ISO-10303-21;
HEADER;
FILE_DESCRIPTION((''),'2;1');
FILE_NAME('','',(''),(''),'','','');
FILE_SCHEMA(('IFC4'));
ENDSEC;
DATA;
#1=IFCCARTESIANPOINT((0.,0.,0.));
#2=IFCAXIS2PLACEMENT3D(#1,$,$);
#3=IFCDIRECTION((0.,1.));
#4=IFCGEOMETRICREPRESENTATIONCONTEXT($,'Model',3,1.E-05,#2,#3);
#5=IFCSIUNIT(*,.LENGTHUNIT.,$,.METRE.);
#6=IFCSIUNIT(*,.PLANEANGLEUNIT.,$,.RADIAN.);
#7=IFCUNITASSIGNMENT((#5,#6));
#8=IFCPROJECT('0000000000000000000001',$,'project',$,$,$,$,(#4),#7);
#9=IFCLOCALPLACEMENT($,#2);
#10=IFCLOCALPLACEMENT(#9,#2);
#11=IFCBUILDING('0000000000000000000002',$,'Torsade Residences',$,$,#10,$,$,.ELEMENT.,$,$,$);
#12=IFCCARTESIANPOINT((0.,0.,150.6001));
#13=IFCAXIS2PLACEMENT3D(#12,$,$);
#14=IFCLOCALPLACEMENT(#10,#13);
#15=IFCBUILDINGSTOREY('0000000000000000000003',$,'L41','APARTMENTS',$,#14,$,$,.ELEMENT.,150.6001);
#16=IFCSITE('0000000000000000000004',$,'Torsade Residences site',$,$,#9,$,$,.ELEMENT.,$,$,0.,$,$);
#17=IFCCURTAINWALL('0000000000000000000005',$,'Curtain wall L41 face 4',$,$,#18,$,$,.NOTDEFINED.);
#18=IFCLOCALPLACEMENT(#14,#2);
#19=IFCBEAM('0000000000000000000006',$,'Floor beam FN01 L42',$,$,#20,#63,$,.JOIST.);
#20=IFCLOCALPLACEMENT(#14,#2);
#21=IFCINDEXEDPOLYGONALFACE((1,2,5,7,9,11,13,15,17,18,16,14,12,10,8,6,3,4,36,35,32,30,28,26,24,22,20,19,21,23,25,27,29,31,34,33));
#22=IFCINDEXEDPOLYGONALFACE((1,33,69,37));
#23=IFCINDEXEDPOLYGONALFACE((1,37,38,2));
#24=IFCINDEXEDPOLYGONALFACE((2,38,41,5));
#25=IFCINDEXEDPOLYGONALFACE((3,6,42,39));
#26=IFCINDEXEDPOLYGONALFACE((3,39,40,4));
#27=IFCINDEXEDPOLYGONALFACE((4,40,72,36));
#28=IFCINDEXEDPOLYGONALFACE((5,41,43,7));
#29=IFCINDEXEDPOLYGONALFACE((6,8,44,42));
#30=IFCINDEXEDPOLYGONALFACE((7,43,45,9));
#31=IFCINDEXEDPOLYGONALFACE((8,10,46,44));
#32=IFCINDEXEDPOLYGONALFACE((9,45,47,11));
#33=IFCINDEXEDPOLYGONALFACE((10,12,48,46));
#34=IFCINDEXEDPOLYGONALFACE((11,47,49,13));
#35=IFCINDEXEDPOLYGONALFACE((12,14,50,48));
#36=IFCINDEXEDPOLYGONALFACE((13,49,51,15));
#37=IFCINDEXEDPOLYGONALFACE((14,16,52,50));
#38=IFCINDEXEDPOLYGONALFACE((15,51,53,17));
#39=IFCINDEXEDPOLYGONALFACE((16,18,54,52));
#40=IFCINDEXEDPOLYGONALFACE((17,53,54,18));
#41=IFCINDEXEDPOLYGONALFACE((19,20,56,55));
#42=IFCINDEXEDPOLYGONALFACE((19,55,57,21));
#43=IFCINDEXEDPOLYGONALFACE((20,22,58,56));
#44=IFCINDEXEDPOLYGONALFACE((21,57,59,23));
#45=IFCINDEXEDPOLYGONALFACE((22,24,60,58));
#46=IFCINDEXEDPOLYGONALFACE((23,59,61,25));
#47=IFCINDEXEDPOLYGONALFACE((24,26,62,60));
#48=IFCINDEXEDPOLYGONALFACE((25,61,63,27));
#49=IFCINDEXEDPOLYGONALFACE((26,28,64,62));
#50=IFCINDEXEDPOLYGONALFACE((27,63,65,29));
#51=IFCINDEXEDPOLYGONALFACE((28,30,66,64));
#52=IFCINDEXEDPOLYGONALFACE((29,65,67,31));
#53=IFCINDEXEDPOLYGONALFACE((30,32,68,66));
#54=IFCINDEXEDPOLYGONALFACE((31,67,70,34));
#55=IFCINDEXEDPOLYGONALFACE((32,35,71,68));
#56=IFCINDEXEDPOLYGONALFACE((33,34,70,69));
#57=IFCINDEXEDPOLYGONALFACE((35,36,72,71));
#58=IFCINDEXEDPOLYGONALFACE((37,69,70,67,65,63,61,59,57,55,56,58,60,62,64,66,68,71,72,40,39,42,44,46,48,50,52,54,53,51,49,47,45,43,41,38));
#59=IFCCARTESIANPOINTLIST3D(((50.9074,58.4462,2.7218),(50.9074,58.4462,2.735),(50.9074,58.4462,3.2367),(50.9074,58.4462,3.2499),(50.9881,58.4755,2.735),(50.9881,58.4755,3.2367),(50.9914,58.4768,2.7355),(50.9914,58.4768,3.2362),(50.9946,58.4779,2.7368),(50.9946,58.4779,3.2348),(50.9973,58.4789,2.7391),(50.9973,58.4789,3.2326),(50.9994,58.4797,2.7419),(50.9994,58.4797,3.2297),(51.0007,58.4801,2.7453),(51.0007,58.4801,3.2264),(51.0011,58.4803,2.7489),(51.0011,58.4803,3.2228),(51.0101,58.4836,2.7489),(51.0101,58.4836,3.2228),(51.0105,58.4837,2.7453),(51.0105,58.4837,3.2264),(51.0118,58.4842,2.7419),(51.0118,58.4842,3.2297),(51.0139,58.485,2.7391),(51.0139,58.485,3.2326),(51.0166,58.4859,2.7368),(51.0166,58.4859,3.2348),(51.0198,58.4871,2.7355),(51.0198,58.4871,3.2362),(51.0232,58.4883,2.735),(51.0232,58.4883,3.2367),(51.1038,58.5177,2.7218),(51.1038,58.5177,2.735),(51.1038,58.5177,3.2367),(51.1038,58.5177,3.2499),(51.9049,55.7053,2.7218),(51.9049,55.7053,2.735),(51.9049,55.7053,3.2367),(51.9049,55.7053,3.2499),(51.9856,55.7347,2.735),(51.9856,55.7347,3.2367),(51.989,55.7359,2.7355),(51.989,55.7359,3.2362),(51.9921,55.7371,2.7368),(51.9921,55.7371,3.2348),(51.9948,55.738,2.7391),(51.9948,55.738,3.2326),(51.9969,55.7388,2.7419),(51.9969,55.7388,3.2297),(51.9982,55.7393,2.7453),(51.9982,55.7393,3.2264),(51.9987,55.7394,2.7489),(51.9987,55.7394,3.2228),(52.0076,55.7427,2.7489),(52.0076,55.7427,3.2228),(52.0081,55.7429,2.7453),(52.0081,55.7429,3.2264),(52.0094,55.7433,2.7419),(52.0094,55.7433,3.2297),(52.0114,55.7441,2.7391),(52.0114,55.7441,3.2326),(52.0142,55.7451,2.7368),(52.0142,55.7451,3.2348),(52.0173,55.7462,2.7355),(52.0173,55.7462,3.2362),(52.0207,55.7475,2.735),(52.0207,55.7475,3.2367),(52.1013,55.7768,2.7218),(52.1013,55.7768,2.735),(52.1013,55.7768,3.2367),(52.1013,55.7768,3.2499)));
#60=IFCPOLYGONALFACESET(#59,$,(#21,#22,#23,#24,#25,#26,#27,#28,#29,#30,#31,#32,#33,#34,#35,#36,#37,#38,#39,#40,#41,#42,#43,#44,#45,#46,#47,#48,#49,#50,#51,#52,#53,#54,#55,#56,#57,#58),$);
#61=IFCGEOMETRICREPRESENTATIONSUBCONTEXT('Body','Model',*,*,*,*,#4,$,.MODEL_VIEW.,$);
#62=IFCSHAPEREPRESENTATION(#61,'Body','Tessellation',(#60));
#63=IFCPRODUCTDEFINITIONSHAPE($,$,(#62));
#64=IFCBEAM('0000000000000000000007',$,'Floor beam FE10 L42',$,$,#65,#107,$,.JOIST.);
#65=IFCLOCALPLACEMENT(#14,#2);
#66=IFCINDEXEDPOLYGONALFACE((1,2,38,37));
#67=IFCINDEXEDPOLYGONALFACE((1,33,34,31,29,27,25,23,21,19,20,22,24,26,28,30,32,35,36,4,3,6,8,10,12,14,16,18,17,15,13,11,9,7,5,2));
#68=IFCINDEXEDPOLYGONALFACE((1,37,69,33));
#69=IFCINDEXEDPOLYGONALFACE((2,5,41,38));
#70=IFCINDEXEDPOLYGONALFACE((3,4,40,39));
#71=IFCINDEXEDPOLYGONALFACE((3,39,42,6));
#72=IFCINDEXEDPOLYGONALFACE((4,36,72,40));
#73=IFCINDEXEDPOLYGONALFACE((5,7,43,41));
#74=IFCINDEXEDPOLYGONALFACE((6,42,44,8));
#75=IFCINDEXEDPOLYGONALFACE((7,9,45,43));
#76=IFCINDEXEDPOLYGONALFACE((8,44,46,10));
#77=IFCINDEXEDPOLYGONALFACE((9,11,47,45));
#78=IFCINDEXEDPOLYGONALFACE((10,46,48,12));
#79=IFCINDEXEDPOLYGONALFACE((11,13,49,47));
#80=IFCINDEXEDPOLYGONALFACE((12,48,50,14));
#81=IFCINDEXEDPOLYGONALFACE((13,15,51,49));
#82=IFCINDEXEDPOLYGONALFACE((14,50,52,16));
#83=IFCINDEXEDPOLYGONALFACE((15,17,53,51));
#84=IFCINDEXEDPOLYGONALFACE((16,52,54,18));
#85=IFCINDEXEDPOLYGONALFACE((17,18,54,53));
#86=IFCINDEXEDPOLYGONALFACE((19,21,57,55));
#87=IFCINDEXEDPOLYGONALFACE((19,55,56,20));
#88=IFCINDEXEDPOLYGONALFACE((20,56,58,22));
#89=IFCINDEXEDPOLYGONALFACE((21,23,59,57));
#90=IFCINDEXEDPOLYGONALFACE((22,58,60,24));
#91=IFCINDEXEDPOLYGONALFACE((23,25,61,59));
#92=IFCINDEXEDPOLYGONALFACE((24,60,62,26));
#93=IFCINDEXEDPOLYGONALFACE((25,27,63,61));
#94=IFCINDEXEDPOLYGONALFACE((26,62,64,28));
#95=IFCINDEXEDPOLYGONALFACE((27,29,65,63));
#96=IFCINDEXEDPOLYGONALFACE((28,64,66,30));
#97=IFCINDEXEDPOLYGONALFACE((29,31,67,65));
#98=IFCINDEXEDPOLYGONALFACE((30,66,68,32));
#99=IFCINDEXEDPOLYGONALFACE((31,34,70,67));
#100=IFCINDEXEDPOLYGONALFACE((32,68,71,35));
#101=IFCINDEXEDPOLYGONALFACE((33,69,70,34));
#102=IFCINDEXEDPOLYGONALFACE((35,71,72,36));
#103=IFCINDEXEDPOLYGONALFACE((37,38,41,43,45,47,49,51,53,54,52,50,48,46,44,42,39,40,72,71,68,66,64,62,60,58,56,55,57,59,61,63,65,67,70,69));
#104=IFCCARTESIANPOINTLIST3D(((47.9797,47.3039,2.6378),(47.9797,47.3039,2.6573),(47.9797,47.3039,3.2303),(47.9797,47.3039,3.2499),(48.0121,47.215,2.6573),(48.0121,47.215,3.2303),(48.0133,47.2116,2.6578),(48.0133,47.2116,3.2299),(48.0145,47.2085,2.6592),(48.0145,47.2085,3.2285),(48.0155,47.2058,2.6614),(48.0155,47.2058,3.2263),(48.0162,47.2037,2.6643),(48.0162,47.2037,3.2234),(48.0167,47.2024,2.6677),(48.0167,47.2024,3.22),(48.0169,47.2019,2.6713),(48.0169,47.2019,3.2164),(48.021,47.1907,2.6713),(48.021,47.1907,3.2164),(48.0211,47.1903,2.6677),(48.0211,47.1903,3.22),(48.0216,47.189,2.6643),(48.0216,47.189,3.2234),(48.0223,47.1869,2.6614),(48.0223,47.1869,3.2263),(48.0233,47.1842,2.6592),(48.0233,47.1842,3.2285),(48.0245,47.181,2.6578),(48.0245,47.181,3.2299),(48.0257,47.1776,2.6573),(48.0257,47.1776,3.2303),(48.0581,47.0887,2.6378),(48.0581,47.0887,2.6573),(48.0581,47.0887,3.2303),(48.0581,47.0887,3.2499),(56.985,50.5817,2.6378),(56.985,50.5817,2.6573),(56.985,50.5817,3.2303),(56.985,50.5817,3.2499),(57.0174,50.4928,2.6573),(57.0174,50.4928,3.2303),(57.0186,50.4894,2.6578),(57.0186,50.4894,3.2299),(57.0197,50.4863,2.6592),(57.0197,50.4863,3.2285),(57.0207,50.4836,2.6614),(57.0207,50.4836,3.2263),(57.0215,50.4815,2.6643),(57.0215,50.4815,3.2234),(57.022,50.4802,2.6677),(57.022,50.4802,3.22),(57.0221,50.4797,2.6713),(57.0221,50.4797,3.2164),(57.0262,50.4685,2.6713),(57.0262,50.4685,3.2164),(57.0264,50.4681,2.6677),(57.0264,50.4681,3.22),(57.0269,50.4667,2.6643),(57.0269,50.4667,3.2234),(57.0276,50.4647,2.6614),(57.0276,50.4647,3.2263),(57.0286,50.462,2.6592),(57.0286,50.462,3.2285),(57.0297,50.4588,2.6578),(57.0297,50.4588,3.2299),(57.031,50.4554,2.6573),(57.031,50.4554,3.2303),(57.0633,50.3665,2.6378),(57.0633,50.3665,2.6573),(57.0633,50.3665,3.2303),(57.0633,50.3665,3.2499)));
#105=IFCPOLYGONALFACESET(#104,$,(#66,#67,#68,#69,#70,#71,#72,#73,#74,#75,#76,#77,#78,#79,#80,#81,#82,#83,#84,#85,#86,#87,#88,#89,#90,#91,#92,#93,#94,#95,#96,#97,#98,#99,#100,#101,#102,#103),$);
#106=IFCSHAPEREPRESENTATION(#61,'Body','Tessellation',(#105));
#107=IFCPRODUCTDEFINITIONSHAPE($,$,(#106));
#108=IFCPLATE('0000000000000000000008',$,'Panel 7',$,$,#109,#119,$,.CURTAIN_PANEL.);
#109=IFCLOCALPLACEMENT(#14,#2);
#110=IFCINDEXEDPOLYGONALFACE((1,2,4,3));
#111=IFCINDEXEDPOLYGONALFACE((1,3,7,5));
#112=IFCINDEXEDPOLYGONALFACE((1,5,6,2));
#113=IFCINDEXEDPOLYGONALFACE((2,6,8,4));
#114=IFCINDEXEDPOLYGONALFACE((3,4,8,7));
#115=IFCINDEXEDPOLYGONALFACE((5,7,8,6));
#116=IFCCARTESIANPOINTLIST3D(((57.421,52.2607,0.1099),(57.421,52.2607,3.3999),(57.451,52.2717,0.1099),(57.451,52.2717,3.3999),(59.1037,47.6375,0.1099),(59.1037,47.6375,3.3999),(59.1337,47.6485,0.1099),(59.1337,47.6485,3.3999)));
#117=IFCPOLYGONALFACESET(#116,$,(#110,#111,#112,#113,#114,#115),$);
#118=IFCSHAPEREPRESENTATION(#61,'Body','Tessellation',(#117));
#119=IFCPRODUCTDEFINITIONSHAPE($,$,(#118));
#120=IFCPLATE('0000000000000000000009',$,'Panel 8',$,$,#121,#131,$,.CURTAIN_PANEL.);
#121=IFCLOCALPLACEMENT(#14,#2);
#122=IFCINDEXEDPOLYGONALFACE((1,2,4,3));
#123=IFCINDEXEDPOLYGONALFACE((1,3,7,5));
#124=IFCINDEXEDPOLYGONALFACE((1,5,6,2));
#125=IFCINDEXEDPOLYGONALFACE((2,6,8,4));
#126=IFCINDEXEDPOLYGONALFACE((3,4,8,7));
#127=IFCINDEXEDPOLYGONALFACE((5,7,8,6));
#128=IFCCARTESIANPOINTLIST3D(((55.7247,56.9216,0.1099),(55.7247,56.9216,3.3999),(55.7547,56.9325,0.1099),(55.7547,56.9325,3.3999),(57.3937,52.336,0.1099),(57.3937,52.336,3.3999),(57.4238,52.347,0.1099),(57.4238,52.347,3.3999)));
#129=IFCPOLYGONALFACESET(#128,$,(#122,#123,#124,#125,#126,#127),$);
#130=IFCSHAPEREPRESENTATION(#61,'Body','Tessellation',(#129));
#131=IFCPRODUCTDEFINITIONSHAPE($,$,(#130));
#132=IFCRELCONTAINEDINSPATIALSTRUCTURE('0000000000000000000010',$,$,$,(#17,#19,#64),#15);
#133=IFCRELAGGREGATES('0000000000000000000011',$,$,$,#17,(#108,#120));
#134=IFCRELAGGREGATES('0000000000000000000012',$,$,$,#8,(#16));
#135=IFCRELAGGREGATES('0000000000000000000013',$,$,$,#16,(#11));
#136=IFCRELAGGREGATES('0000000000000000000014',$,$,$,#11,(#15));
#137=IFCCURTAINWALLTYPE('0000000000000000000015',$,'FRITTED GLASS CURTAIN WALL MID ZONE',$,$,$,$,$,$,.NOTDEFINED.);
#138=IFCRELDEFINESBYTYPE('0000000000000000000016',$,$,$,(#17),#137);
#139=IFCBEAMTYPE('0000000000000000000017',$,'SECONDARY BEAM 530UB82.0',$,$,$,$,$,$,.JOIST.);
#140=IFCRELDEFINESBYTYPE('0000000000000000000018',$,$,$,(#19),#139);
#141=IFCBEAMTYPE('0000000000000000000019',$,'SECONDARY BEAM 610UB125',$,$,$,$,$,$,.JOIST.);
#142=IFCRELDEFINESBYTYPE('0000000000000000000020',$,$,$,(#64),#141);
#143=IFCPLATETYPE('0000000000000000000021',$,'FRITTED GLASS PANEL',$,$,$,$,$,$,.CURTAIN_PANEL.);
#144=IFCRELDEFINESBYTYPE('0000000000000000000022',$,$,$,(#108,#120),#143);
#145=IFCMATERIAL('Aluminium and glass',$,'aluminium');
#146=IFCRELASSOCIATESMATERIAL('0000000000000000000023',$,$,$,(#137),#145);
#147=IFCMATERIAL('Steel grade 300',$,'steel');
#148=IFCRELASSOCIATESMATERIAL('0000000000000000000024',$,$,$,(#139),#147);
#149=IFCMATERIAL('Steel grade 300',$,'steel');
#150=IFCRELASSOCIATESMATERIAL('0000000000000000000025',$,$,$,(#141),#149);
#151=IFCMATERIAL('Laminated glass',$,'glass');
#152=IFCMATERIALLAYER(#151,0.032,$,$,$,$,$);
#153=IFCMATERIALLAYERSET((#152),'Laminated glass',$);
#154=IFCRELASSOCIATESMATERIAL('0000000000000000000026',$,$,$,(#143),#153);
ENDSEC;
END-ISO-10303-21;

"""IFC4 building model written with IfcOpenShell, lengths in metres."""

from ifc_helpers import new_model, si_unit, direction, frame, origin, origin_2d, place, context, subcontext, project, spatial, rectangle, i_section, extrude, material, layer, layer_set, material_profile, profile_set, type_object, element, aggregate, save


model = new_model("IFC4")

# Units and contexts
model_context = context("Model", 3, precision=1e-05, world=origin(), true_north=direction((0.0, 1.0)))
body_context = subcontext(model_context, "Body", "Model", "MODEL_VIEW")
ifc_project = project(units=[si_unit("LENGTHUNIT", "METRE"), si_unit("PLANEANGLEUNIT", "RADIAN")], contexts=[model_context])

# Site, building, storey
site_placement = place(None, origin())
site = spatial("IfcSite", under=ifc_project, at=site_placement, Name="Torsade Residences site", CompositionType="ELEMENT", RefElevation=0.0)
building_placement = place(site_placement, origin())
building = spatial("IfcBuilding", under=site, at=building_placement, Name="Torsade Residences", CompositionType="ELEMENT")
storey_placement = place(building_placement, frame((0.0, 0.0, 150.6001)))
storey = spatial("IfcBuildingStorey", under=building, at=storey_placement, Name="L41", Description="APARTMENTS", CompositionType="ELEMENT", Elevation=150.6001)

# Curtain wall
ifc_material_1 = material(Name="Aluminium and glass", Category="aluminium")
curtain_wall_type = type_object("IfcCurtainWallType", Name="FRITTED GLASS CURTAIN WALL MID ZONE", PredefinedType="NOTDEFINED", material=ifc_material_1)
curtain_wall_placement = place(storey_placement, origin())
curtain_wall = element("IfcCurtainWall", 1, at=curtain_wall_placement, inside=storey, type_object=curtain_wall_type, Name="Curtain wall L41 face 4", PredefinedType="NOTDEFINED")

# Beams
ifc_material_2 = material(Name="Steel grade 300", Category="steel")
ifc_material_profile_1 = material_profile(ifc_material_2, i_section(OverallWidth=0.209, OverallDepth=0.5281, WebThickness=0.0095, FlangeThickness=0.0132, FilletRadius=0.0139, at=origin_2d()), Name="530UB82.0")
ifc_profile_set_1 = profile_set([ifc_material_profile_1], Name="Steel grade 300")
beam_type_1 = type_object("IfcBeamType", Name="SECONDARY BEAM 530UB82.0", PredefinedType="JOIST", material=ifc_profile_set_1)
for number, where, z_axis, x_axis, name in (
    (2, (51.0056, 58.4819, 2.9858), (0.341998, -0.939701, 0.0), (0.939701, 0.341998, 0.0), "Floor beam FN01 L42"),
):
    element("IfcBeam", number, at=place(storey_placement, frame(where, z_axis=z_axis, x_axis=x_axis)), inside=storey, type_object=beam_type_1, Name=name, PredefinedType="JOIST", context=body_context, shape_type="SweptSolid", body=[
        extrude(i_section(OverallWidth=0.209, OverallDepth=0.5281, WebThickness=0.0095, FlangeThickness=0.0132, FilletRadius=0.0139, at=origin_2d()), origin(), (0.0, 0.0, 1.0), 2.9167),
    ])
ifc_material_3 = material(Name="Steel grade 300", Category="steel")
ifc_material_profile_2 = material_profile(ifc_material_3, i_section(OverallWidth=0.229, OverallDepth=0.6121, WebThickness=0.012, FlangeThickness=0.0195, FilletRadius=0.0139, at=origin_2d()), Name="610UB125")
ifc_profile_set_2 = profile_set([ifc_material_profile_2], Name="Steel grade 300")
beam_type_2 = type_object("IfcBeamType", Name="SECONDARY BEAM 610UB125", PredefinedType="JOIST", material=ifc_profile_set_2)
beam_1_placement = place(storey_placement, frame((57.0242, 50.4741, 2.9438), z_axis=(-0.939688, -0.342034, 0.0), x_axis=(0.342034, -0.939688, 0.0)))
element("IfcBeam", 3, at=beam_1_placement, inside=storey, type_object=beam_type_2, Name="Floor beam FE10 L42", PredefinedType="JOIST", context=body_context, shape_type="SweptSolid", body=[
    extrude(i_section(OverallWidth=0.229, OverallDepth=0.6121, WebThickness=0.012, FlangeThickness=0.0195, FilletRadius=0.0139, at=origin_2d()), origin(), (0.0, 0.0, 1.0), 9.5833),
])

# Plates
ifc_material_4 = material(Name="Laminated glass", Category="glass")
ifc_layer_1 = layer(ifc_material_4, 0.032)
ifc_layer_set_1 = layer_set([ifc_layer_1], Name="Laminated glass")
plate_type = type_object("IfcPlateType", Name="FRITTED GLASS PANEL", PredefinedType="CURTAIN_PANEL", material=ifc_layer_set_1)
plate_1_placement = place(storey_placement, frame((58.2773, 49.9546, 0.1099), z_axis=(0.0, 0.0, 1.0), x_axis=(-0.34202, 0.939693, 0.0)))
plate_1 = element("IfcPlate", 4, at=plate_1_placement, type_object=plate_type, Name="Panel 7", PredefinedType="CURTAIN_PANEL", context=body_context, shape_type="SweptSolid", body=[
    extrude(rectangle(XDim=4.9199, YDim=0.032, at=origin_2d()), origin(), (0.0, 0.0, 1.0), 3.29),
])
plate_2_placement = place(storey_placement, frame((56.5742, 54.6343, 0.1099), z_axis=(0.0, 0.0, 1.0), x_axis=(-0.34202, 0.939693, 0.0)))
plate_2 = element("IfcPlate", 5, at=plate_2_placement, type_object=plate_type, Name="Panel 8", PredefinedType="CURTAIN_PANEL", context=body_context, shape_type="SweptSolid", body=[
    extrude(rectangle(XDim=4.8799, YDim=0.032, at=origin_2d()), origin(), (0.0, 0.0, 1.0), 3.29),
])
aggregate(curtain_wall, [plate_1, plate_2])

save(model, "model.ifc")
